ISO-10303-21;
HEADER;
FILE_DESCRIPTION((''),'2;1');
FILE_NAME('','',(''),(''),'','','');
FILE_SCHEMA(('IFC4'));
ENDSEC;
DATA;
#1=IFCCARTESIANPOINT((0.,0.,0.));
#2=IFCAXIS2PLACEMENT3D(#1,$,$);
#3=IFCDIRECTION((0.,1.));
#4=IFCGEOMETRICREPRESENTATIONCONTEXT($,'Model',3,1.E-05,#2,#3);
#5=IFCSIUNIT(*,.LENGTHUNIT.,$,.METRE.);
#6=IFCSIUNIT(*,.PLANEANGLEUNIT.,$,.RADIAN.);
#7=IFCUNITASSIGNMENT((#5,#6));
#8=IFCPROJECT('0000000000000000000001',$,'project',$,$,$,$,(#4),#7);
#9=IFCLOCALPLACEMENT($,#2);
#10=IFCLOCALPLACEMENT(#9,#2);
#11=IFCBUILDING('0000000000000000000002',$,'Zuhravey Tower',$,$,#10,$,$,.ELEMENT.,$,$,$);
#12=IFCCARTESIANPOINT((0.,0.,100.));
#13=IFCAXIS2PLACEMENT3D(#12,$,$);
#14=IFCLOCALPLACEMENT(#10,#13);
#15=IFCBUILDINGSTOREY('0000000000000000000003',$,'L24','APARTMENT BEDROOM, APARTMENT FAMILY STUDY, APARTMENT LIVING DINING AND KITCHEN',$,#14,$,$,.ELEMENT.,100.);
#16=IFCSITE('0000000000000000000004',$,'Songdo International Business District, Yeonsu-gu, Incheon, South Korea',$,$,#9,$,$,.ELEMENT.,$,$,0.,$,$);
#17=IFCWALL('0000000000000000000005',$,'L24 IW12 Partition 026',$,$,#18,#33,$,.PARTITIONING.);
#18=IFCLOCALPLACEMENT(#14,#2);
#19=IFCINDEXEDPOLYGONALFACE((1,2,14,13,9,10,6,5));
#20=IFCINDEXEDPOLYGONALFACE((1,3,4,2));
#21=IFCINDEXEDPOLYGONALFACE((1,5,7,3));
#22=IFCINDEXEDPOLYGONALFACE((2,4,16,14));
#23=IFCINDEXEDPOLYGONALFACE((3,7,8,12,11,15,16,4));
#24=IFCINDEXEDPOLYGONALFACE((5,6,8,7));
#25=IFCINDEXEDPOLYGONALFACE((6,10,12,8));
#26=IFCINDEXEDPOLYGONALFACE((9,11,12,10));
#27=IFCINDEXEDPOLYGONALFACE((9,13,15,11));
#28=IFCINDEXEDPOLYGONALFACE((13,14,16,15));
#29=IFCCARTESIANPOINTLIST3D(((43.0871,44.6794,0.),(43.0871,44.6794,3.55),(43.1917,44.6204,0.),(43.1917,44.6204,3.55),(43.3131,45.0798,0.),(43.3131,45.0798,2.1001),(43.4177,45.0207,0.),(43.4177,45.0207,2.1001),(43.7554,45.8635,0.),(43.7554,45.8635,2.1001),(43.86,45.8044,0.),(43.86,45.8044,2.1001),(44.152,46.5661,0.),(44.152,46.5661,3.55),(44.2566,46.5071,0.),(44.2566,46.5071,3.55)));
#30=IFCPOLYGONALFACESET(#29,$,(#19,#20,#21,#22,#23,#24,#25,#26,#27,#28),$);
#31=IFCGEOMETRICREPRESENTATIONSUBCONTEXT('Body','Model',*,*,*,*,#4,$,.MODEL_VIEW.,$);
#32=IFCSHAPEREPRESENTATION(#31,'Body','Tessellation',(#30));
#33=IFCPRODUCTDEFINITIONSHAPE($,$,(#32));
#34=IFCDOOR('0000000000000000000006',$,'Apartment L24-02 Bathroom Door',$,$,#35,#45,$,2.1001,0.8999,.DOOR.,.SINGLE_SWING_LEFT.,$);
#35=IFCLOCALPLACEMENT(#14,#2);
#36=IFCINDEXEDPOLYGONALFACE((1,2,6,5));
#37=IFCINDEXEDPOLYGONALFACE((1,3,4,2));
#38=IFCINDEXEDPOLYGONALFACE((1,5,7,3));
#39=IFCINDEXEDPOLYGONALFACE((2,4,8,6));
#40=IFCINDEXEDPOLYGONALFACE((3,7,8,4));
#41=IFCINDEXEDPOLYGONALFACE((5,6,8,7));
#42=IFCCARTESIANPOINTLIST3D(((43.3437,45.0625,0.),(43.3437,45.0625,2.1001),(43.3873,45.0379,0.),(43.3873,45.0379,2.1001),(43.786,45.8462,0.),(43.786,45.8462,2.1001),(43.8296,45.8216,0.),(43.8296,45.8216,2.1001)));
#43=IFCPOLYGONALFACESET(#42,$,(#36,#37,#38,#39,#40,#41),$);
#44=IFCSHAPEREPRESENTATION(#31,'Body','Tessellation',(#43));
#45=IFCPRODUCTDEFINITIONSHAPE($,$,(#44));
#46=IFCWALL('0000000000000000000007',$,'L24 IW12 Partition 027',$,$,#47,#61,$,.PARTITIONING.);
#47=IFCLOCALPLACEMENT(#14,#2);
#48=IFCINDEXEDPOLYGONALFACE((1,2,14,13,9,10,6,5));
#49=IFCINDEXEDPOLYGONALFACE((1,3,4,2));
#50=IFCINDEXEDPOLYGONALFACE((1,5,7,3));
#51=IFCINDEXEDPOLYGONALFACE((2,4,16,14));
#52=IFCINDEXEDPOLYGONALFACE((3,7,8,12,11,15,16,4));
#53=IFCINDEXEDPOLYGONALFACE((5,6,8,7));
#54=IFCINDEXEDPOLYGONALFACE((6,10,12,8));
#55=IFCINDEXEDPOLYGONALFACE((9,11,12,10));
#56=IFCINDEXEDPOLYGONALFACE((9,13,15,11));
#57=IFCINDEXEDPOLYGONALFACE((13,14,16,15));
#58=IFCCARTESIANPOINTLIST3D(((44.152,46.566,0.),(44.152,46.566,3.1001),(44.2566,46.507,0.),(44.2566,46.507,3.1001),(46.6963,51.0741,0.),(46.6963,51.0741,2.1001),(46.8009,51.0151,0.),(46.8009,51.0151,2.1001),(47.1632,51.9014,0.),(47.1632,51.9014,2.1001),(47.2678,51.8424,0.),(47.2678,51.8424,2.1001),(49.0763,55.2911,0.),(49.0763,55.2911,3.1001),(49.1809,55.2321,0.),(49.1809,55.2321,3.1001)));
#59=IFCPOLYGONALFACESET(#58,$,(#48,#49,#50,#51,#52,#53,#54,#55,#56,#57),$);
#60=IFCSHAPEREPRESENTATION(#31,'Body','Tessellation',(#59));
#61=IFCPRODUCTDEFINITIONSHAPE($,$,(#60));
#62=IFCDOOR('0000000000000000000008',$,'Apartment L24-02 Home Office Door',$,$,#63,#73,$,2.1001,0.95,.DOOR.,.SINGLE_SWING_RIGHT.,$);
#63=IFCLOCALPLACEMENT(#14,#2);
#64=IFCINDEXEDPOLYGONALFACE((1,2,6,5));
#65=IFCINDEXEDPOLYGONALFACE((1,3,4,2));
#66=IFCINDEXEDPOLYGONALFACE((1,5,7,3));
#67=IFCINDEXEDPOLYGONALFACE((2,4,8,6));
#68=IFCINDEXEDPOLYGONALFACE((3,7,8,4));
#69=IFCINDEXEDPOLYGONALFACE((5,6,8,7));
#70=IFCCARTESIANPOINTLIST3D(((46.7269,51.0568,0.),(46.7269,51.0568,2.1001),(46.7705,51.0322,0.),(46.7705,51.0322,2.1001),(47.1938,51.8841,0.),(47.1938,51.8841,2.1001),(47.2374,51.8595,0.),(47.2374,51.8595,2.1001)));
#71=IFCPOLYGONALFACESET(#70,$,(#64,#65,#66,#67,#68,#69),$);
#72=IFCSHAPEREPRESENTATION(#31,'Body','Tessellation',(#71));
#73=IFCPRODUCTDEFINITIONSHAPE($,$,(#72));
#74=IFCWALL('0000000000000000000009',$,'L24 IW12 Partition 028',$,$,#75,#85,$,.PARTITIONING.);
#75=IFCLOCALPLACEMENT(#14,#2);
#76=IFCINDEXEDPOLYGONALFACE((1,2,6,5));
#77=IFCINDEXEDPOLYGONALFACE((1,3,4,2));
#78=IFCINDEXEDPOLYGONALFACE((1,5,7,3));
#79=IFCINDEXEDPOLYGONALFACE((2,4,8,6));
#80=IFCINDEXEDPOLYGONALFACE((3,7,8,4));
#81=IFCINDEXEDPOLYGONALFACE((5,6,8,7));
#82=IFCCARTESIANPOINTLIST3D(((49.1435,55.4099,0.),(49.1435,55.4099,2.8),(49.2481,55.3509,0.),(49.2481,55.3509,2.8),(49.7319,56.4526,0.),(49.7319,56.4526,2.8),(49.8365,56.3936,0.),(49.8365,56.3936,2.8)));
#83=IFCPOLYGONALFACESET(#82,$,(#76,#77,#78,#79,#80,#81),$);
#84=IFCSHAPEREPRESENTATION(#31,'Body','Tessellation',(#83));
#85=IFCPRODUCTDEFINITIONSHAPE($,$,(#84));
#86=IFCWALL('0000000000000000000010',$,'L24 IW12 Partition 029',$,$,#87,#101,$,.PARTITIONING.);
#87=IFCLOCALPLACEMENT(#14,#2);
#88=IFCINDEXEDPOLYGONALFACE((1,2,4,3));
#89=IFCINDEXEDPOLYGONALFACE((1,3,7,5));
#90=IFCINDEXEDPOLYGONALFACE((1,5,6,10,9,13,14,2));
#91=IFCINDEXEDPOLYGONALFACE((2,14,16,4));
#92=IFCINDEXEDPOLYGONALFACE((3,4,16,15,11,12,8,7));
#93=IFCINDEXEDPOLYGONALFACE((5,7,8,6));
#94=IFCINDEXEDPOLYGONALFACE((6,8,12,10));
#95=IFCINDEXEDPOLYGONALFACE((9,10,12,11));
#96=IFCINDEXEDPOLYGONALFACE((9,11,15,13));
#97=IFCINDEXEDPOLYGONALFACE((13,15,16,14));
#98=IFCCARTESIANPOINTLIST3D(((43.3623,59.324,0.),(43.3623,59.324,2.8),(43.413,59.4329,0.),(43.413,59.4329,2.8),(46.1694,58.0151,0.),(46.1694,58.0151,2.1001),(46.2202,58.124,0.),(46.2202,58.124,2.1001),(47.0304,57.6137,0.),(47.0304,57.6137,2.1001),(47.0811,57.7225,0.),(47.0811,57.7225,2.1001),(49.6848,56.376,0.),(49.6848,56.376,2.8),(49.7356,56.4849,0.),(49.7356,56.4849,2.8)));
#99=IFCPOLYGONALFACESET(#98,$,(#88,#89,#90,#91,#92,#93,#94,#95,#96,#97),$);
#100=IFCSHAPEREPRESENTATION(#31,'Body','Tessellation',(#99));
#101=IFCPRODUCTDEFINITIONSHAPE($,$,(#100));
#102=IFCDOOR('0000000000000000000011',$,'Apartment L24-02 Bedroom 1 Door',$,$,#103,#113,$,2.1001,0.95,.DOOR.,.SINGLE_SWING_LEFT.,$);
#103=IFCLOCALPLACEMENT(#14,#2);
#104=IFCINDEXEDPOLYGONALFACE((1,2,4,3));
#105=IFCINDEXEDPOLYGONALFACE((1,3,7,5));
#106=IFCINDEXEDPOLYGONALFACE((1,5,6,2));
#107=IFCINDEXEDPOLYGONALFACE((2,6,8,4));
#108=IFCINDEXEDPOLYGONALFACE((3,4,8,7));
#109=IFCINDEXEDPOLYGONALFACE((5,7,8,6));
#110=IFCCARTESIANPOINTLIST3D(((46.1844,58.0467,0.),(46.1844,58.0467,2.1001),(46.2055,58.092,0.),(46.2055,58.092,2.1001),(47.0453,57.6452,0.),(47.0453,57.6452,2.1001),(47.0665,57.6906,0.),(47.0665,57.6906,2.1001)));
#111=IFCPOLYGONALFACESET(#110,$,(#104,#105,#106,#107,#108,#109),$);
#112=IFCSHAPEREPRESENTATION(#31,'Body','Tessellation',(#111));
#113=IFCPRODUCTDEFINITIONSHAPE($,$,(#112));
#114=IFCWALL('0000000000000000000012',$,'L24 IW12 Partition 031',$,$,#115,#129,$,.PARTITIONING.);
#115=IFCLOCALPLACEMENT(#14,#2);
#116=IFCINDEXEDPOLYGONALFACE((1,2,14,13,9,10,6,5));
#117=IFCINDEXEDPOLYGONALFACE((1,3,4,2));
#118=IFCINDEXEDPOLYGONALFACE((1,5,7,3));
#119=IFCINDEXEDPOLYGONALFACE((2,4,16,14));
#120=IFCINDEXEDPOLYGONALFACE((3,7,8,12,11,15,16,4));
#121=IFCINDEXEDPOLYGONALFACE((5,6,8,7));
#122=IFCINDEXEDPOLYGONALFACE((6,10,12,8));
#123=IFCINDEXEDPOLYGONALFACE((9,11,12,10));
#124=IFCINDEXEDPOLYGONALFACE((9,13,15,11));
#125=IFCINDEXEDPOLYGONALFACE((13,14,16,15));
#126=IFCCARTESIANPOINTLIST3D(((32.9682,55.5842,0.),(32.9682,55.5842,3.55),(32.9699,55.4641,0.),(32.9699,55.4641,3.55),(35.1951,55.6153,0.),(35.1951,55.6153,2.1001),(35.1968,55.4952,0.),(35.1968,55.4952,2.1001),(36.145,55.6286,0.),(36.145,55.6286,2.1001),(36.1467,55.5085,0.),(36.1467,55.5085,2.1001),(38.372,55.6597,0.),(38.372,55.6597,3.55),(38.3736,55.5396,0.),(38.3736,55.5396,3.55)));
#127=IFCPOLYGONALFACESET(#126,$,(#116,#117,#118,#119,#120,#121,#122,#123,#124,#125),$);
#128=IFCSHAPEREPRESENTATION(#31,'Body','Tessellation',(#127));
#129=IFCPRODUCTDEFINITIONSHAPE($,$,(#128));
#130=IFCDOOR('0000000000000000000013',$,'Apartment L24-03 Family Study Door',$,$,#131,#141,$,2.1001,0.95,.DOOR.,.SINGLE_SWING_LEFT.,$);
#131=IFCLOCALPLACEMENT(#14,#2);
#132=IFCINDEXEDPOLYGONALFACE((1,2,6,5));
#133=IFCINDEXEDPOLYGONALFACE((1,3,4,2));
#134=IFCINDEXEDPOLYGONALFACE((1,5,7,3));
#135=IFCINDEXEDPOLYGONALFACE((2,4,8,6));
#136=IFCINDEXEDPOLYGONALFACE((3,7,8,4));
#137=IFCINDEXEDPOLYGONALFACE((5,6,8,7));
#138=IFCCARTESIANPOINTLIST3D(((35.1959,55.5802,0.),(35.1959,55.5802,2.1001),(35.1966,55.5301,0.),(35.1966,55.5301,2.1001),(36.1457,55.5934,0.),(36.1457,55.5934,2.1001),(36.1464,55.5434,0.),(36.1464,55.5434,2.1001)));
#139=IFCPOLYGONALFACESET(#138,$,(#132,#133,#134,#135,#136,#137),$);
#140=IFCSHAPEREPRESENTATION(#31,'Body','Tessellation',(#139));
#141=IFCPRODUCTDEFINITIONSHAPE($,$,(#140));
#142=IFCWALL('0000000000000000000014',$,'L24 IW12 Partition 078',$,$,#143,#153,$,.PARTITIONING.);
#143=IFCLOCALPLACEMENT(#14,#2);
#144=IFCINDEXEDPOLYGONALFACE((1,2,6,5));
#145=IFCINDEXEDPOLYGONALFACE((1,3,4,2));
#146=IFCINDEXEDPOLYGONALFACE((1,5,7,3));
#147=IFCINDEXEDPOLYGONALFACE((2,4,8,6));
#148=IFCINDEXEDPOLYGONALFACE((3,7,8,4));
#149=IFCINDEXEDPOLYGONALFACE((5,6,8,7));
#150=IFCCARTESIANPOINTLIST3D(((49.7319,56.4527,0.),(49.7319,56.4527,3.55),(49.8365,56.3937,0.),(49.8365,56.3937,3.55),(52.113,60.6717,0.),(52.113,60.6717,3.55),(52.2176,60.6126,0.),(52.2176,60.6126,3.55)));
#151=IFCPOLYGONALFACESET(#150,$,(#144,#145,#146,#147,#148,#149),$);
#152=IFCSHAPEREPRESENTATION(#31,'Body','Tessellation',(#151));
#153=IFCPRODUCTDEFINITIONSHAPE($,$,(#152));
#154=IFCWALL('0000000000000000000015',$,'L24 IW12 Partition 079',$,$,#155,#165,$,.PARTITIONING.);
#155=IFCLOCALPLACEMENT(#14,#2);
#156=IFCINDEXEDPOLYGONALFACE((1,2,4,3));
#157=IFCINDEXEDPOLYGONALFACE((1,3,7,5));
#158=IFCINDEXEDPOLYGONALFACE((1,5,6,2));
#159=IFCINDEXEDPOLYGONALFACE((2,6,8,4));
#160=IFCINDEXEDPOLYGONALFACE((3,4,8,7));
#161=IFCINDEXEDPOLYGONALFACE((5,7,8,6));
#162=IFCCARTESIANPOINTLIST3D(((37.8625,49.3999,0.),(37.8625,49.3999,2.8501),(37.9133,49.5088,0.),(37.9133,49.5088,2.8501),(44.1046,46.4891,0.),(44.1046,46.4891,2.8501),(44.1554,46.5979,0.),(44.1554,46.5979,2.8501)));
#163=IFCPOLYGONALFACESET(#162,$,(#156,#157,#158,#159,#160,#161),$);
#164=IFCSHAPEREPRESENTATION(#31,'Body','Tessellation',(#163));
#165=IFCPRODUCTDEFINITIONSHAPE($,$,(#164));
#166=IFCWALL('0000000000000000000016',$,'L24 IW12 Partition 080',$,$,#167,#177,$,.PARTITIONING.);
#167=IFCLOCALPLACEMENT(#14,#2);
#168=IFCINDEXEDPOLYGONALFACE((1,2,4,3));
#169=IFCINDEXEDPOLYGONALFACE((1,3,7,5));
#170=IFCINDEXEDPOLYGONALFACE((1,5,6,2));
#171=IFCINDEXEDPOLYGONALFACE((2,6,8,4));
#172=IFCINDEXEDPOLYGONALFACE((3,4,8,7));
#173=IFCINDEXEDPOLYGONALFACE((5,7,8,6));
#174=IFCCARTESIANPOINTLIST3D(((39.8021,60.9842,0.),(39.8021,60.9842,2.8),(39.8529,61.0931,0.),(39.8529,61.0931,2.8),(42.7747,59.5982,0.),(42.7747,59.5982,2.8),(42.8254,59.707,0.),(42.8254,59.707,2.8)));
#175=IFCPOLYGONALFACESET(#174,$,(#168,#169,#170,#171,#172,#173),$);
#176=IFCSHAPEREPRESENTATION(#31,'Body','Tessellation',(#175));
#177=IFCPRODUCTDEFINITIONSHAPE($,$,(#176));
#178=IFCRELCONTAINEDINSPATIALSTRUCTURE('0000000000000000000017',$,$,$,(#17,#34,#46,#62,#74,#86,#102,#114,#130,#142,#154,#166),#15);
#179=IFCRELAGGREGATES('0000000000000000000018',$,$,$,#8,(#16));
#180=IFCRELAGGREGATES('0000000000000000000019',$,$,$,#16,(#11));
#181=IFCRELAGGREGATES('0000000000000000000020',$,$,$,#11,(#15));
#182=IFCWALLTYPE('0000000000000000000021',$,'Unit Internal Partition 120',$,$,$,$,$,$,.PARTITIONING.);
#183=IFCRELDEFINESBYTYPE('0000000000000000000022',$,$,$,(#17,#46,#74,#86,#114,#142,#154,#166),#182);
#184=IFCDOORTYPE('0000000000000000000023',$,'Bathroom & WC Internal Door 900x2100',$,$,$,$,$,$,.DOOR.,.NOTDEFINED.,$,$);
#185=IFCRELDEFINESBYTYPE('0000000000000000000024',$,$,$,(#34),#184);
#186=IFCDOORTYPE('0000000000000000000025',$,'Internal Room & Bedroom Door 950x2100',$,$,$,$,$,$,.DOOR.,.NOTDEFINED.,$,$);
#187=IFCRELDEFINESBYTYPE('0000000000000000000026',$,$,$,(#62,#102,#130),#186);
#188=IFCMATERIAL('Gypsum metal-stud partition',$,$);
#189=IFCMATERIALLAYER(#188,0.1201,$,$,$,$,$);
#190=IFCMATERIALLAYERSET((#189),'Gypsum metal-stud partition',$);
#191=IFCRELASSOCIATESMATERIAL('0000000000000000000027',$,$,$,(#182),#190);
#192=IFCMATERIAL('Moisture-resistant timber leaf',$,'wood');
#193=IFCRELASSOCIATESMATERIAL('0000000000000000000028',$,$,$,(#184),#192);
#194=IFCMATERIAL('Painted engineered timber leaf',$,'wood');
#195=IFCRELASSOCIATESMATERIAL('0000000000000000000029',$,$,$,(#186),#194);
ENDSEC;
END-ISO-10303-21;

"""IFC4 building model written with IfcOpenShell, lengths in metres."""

from ifc_helpers import new_model, si_unit, direction, frame, frame_2d, origin, place, context, subcontext, project, spatial, rectangle, extrude, material, layer, layer_set, type_object, element, fill, save


model = new_model("IFC4")

# Units and contexts
model_context = context("Model", 3, precision=1e-05, world=origin(), true_north=direction((0.0, 1.0)))
body_context = subcontext(model_context, "Body", "Model", "MODEL_VIEW")
ifc_project = project(units=[si_unit("LENGTHUNIT", "METRE"), si_unit("PLANEANGLEUNIT", "RADIAN")], contexts=[model_context])

# Site, building, storey
site_placement = place(None, origin())
site = spatial("IfcSite", under=ifc_project, at=site_placement, Name="Songdo International Business District, Yeonsu-gu, Incheon, South Korea", CompositionType="ELEMENT", RefElevation=0.0)
building_placement = place(site_placement, origin())
building = spatial("IfcBuilding", under=site, at=building_placement, Name="Zuhravey Tower", CompositionType="ELEMENT")
storey_placement = place(building_placement, frame((0.0, 0.0, 100.0)))
storey = spatial("IfcBuildingStorey", under=building, at=storey_placement, Name="L24", Description="APARTMENT BEDROOM, APARTMENT FAMILY STUDY, APARTMENT LIVING DINING AND KITCHEN", CompositionType="ELEMENT", Elevation=100.0)

# Walls, openings, doors
ifc_material_1 = material(Name="Gypsum metal-stud partition")
ifc_layer_1 = layer(ifc_material_1, 0.1201)
ifc_layer_set_1 = layer_set([ifc_layer_1], Name="Gypsum metal-stud partition")
wall_type = type_object("IfcWallType", Name="Unit Internal Partition 120", PredefinedType="PARTITIONING", material=ifc_layer_set_1)
wall_1_placement = place(storey_placement, frame((43.1394, 44.6499, 0.0), z_axis=(0.0, 0.0, 1.0), x_axis=(0.491545, 0.870852, 0.0)))
wall_1 = element("IfcWall", 1, at=wall_1_placement, inside=storey, type_object=wall_type, Name="L24 IW12 Partition 026", PredefinedType="PARTITIONING", context=body_context, shape_type="SweptSolid", body=[
    extrude(rectangle(XDim=2.1665, YDim=0.1201, at=frame_2d((1.0833, 0.0))), origin(), (0.0, 0.0, 1.0), 3.55),
])
opening_1_placement = place(wall_1_placement, frame((0.4597, 0.0, 0.0)))
opening_1 = element("IfcOpeningElement", 2, at=opening_1_placement, cuts=wall_1, PredefinedType="OPENING", context=body_context, shape_type="SweptSolid", body=[
    extrude(rectangle(XDim=0.8999, YDim=2.1001, at=frame_2d((0.45, 1.05))), frame((0.0, 0.072, 0.0), z_axis=(0.0, -1.0, 0.0), x_axis=(1.0, 0.0, 0.0)), (0.0, 0.0, 1.0), 0.144),
])
ifc_material_2 = material(Name="Moisture-resistant timber leaf", Category="wood")
door_type_1 = type_object("IfcDoorType", Name="Bathroom & WC Internal Door 900x2100", OperationType="NOTDEFINED", PredefinedType="DOOR", material=ifc_material_2)
door_1_placement = place(opening_1_placement, origin())
door_1 = element("IfcDoor", 3, at=door_1_placement, inside=storey, type_object=door_type_1, Name="Apartment L24-02 Bathroom Door", OperationType="SINGLE_SWING_LEFT", OverallHeight=2.1001, OverallWidth=0.8999, PredefinedType="DOOR", context=body_context, shape_type="SweptSolid", body=[
    extrude(rectangle(XDim=0.8999, YDim=2.1001, at=frame_2d((0.45, 1.05))), frame((0.0, 0.0249, 0.0), z_axis=(0.0, -1.0, 0.0), x_axis=(1.0, 0.0, 0.0)), (0.0, 0.0, 1.0), 0.05),
])
fill(opening_1, door_1)
wall_2_placement = place(storey_placement, frame((44.2043, 46.5366, 0.0), z_axis=(0.0, 0.0, 1.0), x_axis=(0.491508, 0.870873, 0.0)))
wall_2 = element("IfcWall", 4, at=wall_2_placement, inside=storey, type_object=wall_type, Name="L24 IW12 Partition 027", PredefinedType="PARTITIONING", context=body_context, shape_type="SweptSolid", body=[
    extrude(rectangle(XDim=10.0188, YDim=0.1201, at=frame_2d((5.0093, 0.0))), origin(), (0.0, 0.0, 1.0), 3.1001),
])
opening_2_placement = place(wall_2_placement, frame((5.1763, 0.0, 0.0)))
opening_2 = element("IfcOpeningElement", 5, at=opening_2_placement, cuts=wall_2, PredefinedType="OPENING", context=body_context, shape_type="SweptSolid", body=[
    extrude(rectangle(XDim=0.95, YDim=2.1001, at=frame_2d((0.4751, 1.05))), frame((0.0, 0.072, 0.0), z_axis=(0.0, -1.0, 0.0), x_axis=(1.0, 0.0, 0.0)), (0.0, 0.0, 1.0), 0.144),
])
ifc_material_3 = material(Name="Painted engineered timber leaf", Category="wood")
door_type_2 = type_object("IfcDoorType", Name="Internal Room & Bedroom Door 950x2100", OperationType="NOTDEFINED", PredefinedType="DOOR", material=ifc_material_3)
door_2_placement = place(opening_2_placement, origin())
door_2 = element("IfcDoor", 6, at=door_2_placement, inside=storey, type_object=door_type_2, Name="Apartment L24-02 Home Office Door", OperationType="SINGLE_SWING_RIGHT", OverallHeight=2.1001, OverallWidth=0.95, PredefinedType="DOOR", context=body_context, shape_type="SweptSolid", body=[
    extrude(rectangle(XDim=0.95, YDim=2.1001, at=frame_2d((0.4751, 1.05))), frame((0.0, 0.0249, 0.0), z_axis=(0.0, -1.0, 0.0), x_axis=(1.0, 0.0, 0.0)), (0.0, 0.0, 1.0), 0.05),
])
fill(opening_2, door_2)

# Wall
wall_3_placement = place(storey_placement, frame((49.1958, 55.3804, 0.0), z_axis=(0.0, 0.0, 1.0), x_axis=(0.491432, 0.870916, 0.0)))
element("IfcWall", 7, at=wall_3_placement, inside=storey, type_object=wall_type, Name="L24 IW12 Partition 028", PredefinedType="PARTITIONING", context=body_context, shape_type="SweptSolid", body=[
    extrude(rectangle(XDim=1.1973, YDim=0.1201, at=frame_2d((0.5986, 0.0))), origin(), (0.0, 0.0, 1.0), 2.8),
])

# Walls, openings, doors
wall_4_placement = place(storey_placement, frame((49.7102, 56.4304, 0.0), z_axis=(0.0, 0.0, 1.0), x_axis=(-0.906321, 0.42259, 0.0)))
wall_4 = element("IfcWall", 8, at=wall_4_placement, inside=storey, type_object=wall_type, Name="L24 IW12 Partition 029", PredefinedType="PARTITIONING", context=body_context, shape_type="SweptSolid", body=[
    extrude(rectangle(XDim=6.9761, YDim=0.1201, at=frame_2d((3.488, 0.0))), origin(), (0.0, 0.0, 1.0), 2.8),
])
opening_3_placement = place(wall_4_placement, frame((2.9287, 0.0, 0.0)))
opening_3 = element("IfcOpeningElement", 9, at=opening_3_placement, cuts=wall_4, PredefinedType="OPENING", context=body_context, shape_type="SweptSolid", body=[
    extrude(rectangle(XDim=0.95, YDim=2.1001, at=frame_2d((0.4751, 1.05))), frame((0.0, 0.072, 0.0), z_axis=(0.0, -1.0, 0.0), x_axis=(1.0, 0.0, 0.0)), (0.0, 0.0, 1.0), 0.144),
])
door_3_placement = place(opening_3_placement, frame((0.95, 0.0, 0.0), z_axis=(0.0, 0.0, 1.0), x_axis=(-1.0, 0.0, 0.0)))
door_3 = element("IfcDoor", 10, at=door_3_placement, inside=storey, type_object=door_type_2, Name="Apartment L24-02 Bedroom 1 Door", OperationType="SINGLE_SWING_LEFT", OverallHeight=2.1001, OverallWidth=0.95, PredefinedType="DOOR", context=body_context, shape_type="SweptSolid", body=[
    extrude(rectangle(XDim=0.95, YDim=2.1001, at=frame_2d((0.4751, 1.05))), frame((0.0, 0.0249, 0.0), z_axis=(0.0, -1.0, 0.0), x_axis=(1.0, 0.0, 0.0)), (0.0, 0.0, 1.0), 0.05),
])
fill(opening_3, door_3)
wall_5_placement = place(storey_placement, frame((38.3728, 55.5996, 0.0), z_axis=(0.0, 0.0, 1.0), x_axis=(-0.999903, -0.013959, 0.0)))
wall_5 = element("IfcWall", 11, at=wall_5_placement, inside=storey, type_object=wall_type, Name="L24 IW12 Partition 031", PredefinedType="PARTITIONING", context=body_context, shape_type="SweptSolid", body=[
    extrude(rectangle(XDim=5.4043, YDim=0.1201, at=frame_2d((2.7021, 0.0))), origin(), (0.0, 0.0, 1.0), 3.55),
])
opening_4_placement = place(wall_5_placement, frame((2.2271, 0.0, 0.0)))
opening_4 = element("IfcOpeningElement", 12, at=opening_4_placement, cuts=wall_5, PredefinedType="OPENING", context=body_context, shape_type="SweptSolid", body=[
    extrude(rectangle(XDim=0.95, YDim=2.1001, at=frame_2d((0.4751, 1.05))), frame((0.0, 0.072, 0.0), z_axis=(0.0, -1.0, 0.0), x_axis=(1.0, 0.0, 0.0)), (0.0, 0.0, 1.0), 0.144),
])
door_4_placement = place(opening_4_placement, frame((0.95, 0.0, 0.0), z_axis=(0.0, 0.0, 1.0), x_axis=(-1.0, 0.0, 0.0)))
door_4 = element("IfcDoor", 13, at=door_4_placement, inside=storey, type_object=door_type_2, Name="Apartment L24-03 Family Study Door", OperationType="SINGLE_SWING_LEFT", OverallHeight=2.1001, OverallWidth=0.95, PredefinedType="DOOR", context=body_context, shape_type="SweptSolid", body=[
    extrude(rectangle(XDim=0.95, YDim=2.1001, at=frame_2d((0.4751, 1.05))), frame((0.0, 0.0249, 0.0), z_axis=(0.0, -1.0, 0.0), x_axis=(1.0, 0.0, 0.0)), (0.0, 0.0, 1.0), 0.05),
])
fill(opening_4, door_4)

# Walls
wall_6_placement = place(storey_placement, frame((49.7842, 56.4231, 0.0), z_axis=(0.0, 0.0, 1.0), x_axis=(0.491503, 0.870876, 0.0)))
element("IfcWall", 14, at=wall_6_placement, inside=storey, type_object=wall_type, Name="L24 IW12 Partition 078", PredefinedType="PARTITIONING", context=body_context, shape_type="SweptSolid", body=[
    extrude(rectangle(XDim=4.8445, YDim=0.1201, at=frame_2d((2.4224, 0.0))), origin(), (0.0, 0.0, 1.0), 3.55),
])
wall_7_placement = place(storey_placement, frame((44.1301, 46.5435, 0.0), z_axis=(0.0, 0.0, 1.0), x_axis=(-0.906302, 0.422631, 0.0)))
element("IfcWall", 15, at=wall_7_placement, inside=storey, type_object=wall_type, Name="L24 IW12 Partition 079", PredefinedType="PARTITIONING", context=body_context, shape_type="SweptSolid", body=[
    extrude(rectangle(XDim=6.8875, YDim=0.1201, at=frame_2d((3.4438, 0.0))), origin(), (0.0, 0.0, 1.0), 2.8501),
])
wall_8_placement = place(storey_placement, frame((42.8, 59.6526, 0.0), z_axis=(0.0, 0.0, 1.0), x_axis=(-0.906316, 0.4226, 0.0)))
element("IfcWall", 16, at=wall_8_placement, inside=storey, type_object=wall_type, Name="L24 IW12 Partition 080", PredefinedType="PARTITIONING", context=body_context, shape_type="SweptSolid", body=[
    extrude(rectangle(XDim=3.2798, YDim=0.1201, at=frame_2d((1.6399, 0.0))), origin(), (0.0, 0.0, 1.0), 2.8),
])

save(model, "model.ifc")
